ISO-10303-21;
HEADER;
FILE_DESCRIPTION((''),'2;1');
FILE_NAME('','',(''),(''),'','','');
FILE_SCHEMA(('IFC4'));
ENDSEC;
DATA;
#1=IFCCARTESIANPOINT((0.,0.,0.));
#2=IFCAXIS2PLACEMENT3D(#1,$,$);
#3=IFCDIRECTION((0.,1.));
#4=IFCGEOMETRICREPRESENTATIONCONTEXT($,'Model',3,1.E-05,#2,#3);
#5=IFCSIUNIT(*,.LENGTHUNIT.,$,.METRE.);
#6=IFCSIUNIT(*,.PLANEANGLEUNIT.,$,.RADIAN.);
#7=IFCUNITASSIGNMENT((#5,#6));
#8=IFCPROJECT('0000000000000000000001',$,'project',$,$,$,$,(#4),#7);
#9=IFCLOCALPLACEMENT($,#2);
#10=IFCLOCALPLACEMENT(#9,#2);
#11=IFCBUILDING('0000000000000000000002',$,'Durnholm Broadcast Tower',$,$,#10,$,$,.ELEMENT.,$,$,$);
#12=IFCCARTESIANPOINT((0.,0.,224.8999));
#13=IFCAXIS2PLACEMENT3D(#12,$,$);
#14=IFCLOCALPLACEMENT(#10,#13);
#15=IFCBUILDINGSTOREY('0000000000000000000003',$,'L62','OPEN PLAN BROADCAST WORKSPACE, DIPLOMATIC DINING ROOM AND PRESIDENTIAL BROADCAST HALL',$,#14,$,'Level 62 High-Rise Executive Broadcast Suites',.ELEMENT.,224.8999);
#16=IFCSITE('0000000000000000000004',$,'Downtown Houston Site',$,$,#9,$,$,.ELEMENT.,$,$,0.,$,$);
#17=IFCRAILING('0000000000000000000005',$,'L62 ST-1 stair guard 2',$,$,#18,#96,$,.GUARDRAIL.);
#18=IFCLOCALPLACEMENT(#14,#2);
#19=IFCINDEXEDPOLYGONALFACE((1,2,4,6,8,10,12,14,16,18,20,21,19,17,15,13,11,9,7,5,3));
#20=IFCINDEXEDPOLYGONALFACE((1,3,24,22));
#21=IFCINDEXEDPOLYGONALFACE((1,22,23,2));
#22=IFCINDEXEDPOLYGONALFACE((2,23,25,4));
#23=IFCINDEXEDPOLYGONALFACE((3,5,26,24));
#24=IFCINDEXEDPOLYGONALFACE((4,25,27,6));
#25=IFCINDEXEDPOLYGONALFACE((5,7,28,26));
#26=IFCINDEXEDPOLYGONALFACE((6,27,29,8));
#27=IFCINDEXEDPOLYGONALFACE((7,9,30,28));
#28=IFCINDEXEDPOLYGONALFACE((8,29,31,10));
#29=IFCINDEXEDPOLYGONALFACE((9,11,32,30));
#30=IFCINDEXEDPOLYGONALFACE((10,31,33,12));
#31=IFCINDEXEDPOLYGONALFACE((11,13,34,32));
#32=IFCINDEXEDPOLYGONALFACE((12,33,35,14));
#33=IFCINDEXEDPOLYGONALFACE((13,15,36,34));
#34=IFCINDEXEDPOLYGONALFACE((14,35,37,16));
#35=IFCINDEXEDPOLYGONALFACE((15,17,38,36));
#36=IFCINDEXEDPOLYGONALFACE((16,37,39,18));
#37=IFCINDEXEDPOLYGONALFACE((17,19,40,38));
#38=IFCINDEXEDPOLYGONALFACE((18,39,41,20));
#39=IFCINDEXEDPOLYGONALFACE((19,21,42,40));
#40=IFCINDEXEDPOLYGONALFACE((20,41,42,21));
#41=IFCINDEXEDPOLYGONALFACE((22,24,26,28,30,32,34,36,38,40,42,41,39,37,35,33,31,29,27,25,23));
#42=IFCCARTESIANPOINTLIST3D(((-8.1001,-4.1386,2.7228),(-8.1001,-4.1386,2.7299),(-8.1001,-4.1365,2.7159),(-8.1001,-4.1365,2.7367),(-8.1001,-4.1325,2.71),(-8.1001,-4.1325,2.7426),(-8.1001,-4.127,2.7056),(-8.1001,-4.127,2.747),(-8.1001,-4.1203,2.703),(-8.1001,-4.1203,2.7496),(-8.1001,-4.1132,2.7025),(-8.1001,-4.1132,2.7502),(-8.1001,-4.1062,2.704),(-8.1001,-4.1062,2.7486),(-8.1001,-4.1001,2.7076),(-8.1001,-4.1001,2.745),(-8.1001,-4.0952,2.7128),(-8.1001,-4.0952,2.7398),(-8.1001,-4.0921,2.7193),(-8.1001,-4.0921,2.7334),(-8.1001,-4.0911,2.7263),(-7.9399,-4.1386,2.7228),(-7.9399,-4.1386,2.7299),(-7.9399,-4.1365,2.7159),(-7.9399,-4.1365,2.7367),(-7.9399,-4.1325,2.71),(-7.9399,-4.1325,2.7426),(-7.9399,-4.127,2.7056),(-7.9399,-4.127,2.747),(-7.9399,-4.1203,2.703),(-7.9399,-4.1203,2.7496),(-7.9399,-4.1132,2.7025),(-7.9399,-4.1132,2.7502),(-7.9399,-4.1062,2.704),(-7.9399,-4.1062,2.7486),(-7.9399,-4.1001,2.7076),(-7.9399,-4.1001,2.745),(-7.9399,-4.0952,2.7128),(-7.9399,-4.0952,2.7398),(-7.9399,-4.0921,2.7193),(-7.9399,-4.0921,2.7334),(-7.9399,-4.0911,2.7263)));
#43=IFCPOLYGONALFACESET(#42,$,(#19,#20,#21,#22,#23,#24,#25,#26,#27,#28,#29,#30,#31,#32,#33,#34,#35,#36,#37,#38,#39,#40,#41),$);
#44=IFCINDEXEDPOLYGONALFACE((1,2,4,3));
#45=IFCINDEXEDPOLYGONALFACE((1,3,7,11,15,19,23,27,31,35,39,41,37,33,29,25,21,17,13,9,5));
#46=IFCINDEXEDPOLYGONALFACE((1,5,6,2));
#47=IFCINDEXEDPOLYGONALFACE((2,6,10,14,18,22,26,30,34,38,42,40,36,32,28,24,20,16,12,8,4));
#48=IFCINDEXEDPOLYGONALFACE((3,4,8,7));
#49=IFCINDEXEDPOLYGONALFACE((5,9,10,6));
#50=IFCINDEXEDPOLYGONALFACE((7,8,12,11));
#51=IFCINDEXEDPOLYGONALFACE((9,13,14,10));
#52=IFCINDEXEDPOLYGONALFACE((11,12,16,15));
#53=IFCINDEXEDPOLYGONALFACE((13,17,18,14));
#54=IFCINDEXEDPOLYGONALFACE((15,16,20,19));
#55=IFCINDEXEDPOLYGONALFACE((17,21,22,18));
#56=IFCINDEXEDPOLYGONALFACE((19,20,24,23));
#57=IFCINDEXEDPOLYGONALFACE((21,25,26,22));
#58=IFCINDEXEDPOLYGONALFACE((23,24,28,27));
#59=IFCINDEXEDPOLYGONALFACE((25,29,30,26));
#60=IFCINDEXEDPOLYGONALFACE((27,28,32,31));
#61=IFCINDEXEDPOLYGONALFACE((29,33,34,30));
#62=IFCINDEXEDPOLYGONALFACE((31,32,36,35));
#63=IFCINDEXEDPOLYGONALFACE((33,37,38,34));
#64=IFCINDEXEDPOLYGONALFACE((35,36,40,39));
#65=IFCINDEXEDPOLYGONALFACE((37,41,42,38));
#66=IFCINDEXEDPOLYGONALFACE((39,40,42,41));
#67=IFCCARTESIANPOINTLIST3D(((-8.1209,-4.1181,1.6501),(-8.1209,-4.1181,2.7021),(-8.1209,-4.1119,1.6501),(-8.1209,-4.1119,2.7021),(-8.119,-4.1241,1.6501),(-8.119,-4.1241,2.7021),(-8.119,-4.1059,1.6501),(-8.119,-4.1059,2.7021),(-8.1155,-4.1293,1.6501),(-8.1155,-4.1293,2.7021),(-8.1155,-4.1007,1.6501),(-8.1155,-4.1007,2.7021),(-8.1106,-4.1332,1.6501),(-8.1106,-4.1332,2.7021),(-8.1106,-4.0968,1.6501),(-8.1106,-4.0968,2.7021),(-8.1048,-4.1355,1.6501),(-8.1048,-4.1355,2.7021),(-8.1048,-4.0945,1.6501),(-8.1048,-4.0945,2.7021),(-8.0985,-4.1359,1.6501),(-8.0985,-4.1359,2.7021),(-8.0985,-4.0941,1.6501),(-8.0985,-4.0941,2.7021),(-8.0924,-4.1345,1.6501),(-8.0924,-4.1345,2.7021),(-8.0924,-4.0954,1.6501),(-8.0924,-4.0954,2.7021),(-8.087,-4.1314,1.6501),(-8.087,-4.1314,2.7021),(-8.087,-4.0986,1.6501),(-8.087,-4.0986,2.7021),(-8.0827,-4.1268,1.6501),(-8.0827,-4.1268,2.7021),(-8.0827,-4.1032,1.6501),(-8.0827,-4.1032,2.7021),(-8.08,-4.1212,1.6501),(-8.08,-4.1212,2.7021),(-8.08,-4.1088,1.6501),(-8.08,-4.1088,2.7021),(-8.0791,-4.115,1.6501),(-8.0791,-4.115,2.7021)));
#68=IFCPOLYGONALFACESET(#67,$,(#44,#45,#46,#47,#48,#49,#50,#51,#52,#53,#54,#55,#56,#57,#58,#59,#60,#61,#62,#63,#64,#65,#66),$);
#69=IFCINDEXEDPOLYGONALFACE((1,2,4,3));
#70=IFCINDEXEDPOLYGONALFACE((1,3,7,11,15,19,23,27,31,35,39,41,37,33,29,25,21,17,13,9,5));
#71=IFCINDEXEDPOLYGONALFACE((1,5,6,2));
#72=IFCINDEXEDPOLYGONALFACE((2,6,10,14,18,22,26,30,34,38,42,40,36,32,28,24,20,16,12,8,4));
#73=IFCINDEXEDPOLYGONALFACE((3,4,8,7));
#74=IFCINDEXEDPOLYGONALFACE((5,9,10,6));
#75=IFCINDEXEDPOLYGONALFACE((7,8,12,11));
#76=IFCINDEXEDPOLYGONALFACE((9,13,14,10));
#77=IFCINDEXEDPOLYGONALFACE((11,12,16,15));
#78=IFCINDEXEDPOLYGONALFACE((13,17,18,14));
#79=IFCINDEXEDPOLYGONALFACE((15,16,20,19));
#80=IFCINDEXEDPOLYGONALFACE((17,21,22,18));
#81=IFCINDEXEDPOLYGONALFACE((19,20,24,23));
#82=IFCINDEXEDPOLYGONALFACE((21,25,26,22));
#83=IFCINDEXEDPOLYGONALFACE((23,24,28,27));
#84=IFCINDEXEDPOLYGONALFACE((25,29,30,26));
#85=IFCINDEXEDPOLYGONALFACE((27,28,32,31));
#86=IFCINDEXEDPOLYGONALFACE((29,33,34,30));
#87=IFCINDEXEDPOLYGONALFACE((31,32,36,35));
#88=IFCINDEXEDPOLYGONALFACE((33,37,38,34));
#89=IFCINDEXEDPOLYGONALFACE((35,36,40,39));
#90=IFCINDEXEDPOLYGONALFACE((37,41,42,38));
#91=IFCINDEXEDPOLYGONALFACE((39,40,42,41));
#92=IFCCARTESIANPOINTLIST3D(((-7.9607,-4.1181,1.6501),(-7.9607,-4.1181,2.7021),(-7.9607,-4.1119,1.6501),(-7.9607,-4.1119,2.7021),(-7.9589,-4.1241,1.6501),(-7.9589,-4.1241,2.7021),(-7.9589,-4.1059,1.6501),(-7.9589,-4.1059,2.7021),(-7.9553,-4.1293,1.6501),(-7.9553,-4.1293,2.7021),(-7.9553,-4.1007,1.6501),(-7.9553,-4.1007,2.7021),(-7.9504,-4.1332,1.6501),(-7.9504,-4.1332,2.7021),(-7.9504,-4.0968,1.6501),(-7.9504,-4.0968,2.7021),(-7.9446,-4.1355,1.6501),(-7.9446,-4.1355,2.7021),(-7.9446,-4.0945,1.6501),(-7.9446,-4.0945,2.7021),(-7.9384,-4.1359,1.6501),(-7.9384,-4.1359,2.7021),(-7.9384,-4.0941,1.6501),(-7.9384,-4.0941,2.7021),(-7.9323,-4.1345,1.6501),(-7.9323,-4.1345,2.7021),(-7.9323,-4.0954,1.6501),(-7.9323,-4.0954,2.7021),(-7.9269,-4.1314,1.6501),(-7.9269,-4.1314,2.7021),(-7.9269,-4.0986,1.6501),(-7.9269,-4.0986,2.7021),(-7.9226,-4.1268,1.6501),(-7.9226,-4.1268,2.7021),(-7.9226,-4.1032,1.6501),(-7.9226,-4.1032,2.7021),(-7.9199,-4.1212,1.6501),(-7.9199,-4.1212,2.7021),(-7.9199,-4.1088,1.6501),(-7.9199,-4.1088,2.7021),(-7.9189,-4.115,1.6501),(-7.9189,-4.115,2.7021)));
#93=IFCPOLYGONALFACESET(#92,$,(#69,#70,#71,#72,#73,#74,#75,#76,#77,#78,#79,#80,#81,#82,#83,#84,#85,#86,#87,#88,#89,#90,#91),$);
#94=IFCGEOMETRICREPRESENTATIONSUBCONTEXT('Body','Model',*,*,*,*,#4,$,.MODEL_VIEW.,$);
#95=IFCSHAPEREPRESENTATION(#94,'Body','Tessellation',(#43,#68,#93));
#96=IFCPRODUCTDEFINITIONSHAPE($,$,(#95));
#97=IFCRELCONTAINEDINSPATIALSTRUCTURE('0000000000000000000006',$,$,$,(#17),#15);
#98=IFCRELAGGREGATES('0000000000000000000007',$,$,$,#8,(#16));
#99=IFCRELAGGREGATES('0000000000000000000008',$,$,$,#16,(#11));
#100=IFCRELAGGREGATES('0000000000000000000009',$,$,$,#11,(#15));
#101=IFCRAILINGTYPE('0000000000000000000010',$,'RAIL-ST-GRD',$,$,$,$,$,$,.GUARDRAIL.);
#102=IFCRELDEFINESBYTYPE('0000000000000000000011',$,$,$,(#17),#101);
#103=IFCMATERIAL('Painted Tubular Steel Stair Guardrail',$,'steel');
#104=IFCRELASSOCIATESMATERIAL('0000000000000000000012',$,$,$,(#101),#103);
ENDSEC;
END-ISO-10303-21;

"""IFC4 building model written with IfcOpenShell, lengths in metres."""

from ifc_helpers import new_model, si_unit, direction, frame, origin, origin_2d, place, context, subcontext, project, spatial, circle, extrude, material, type_object, element, save


model = new_model("IFC4")

# Units and contexts
model_context = context("Model", 3, precision=1e-05, world=origin(), true_north=direction((0.0, 1.0)))
body_context = subcontext(model_context, "Body", "Model", "MODEL_VIEW")
ifc_project = project(units=[si_unit("LENGTHUNIT", "METRE"), si_unit("PLANEANGLEUNIT", "RADIAN")], contexts=[model_context])

# Site, building, storey
site_placement = place(None, origin())
site = spatial("IfcSite", under=ifc_project, at=site_placement, Name="Downtown Houston Site", CompositionType="ELEMENT", RefElevation=0.0)
building_placement = place(site_placement, origin())
building = spatial("IfcBuilding", under=site, at=building_placement, Name="Durnholm Broadcast Tower", CompositionType="ELEMENT")
storey_placement = place(building_placement, frame((0.0, 0.0, 224.8999)))
storey = spatial("IfcBuildingStorey", under=building, at=storey_placement, Name="L62", Description="OPEN PLAN BROADCAST WORKSPACE, DIPLOMATIC DINING ROOM AND PRESIDENTIAL BROADCAST HALL", LongName="Level 62 High-Rise Executive Broadcast Suites", CompositionType="ELEMENT", Elevation=224.8999)

# Railing
ifc_material_1 = material(Name="Painted Tubular Steel Stair Guardrail", Category="steel")
railing_type_1 = type_object("IfcRailingType", Name="RAIL-ST-GRD", PredefinedType="GUARDRAIL", material=ifc_material_1)
railing_1_placement = place(storey_placement, frame((-8.1001, -4.115, 1.6501)))
element("IfcRailing", 1, at=railing_1_placement, inside=storey, type_object=railing_type_1, Name="L62 ST-1 stair guard 2", PredefinedType="GUARDRAIL", context=body_context, shape_type="SweptSolid", body=[
    extrude(circle(Radius=0.0239, at=origin_2d()), frame((0.0, 0.0, 1.0762), z_axis=(1.0, 0.0, 0.0), x_axis=(0.0, 1.0, 0.0)), (0.0, 0.0, 1.0), 0.1602),
    extrude(circle(Radius=0.021, at=origin_2d()), origin(), (0.0, 0.0, 1.0), 1.052),
    extrude(circle(Radius=0.021, at=origin_2d()), frame((0.1602, 0.0, 0.0)), (0.0, 0.0, 1.0), 1.052),
])

save(model, "model.ifc")
